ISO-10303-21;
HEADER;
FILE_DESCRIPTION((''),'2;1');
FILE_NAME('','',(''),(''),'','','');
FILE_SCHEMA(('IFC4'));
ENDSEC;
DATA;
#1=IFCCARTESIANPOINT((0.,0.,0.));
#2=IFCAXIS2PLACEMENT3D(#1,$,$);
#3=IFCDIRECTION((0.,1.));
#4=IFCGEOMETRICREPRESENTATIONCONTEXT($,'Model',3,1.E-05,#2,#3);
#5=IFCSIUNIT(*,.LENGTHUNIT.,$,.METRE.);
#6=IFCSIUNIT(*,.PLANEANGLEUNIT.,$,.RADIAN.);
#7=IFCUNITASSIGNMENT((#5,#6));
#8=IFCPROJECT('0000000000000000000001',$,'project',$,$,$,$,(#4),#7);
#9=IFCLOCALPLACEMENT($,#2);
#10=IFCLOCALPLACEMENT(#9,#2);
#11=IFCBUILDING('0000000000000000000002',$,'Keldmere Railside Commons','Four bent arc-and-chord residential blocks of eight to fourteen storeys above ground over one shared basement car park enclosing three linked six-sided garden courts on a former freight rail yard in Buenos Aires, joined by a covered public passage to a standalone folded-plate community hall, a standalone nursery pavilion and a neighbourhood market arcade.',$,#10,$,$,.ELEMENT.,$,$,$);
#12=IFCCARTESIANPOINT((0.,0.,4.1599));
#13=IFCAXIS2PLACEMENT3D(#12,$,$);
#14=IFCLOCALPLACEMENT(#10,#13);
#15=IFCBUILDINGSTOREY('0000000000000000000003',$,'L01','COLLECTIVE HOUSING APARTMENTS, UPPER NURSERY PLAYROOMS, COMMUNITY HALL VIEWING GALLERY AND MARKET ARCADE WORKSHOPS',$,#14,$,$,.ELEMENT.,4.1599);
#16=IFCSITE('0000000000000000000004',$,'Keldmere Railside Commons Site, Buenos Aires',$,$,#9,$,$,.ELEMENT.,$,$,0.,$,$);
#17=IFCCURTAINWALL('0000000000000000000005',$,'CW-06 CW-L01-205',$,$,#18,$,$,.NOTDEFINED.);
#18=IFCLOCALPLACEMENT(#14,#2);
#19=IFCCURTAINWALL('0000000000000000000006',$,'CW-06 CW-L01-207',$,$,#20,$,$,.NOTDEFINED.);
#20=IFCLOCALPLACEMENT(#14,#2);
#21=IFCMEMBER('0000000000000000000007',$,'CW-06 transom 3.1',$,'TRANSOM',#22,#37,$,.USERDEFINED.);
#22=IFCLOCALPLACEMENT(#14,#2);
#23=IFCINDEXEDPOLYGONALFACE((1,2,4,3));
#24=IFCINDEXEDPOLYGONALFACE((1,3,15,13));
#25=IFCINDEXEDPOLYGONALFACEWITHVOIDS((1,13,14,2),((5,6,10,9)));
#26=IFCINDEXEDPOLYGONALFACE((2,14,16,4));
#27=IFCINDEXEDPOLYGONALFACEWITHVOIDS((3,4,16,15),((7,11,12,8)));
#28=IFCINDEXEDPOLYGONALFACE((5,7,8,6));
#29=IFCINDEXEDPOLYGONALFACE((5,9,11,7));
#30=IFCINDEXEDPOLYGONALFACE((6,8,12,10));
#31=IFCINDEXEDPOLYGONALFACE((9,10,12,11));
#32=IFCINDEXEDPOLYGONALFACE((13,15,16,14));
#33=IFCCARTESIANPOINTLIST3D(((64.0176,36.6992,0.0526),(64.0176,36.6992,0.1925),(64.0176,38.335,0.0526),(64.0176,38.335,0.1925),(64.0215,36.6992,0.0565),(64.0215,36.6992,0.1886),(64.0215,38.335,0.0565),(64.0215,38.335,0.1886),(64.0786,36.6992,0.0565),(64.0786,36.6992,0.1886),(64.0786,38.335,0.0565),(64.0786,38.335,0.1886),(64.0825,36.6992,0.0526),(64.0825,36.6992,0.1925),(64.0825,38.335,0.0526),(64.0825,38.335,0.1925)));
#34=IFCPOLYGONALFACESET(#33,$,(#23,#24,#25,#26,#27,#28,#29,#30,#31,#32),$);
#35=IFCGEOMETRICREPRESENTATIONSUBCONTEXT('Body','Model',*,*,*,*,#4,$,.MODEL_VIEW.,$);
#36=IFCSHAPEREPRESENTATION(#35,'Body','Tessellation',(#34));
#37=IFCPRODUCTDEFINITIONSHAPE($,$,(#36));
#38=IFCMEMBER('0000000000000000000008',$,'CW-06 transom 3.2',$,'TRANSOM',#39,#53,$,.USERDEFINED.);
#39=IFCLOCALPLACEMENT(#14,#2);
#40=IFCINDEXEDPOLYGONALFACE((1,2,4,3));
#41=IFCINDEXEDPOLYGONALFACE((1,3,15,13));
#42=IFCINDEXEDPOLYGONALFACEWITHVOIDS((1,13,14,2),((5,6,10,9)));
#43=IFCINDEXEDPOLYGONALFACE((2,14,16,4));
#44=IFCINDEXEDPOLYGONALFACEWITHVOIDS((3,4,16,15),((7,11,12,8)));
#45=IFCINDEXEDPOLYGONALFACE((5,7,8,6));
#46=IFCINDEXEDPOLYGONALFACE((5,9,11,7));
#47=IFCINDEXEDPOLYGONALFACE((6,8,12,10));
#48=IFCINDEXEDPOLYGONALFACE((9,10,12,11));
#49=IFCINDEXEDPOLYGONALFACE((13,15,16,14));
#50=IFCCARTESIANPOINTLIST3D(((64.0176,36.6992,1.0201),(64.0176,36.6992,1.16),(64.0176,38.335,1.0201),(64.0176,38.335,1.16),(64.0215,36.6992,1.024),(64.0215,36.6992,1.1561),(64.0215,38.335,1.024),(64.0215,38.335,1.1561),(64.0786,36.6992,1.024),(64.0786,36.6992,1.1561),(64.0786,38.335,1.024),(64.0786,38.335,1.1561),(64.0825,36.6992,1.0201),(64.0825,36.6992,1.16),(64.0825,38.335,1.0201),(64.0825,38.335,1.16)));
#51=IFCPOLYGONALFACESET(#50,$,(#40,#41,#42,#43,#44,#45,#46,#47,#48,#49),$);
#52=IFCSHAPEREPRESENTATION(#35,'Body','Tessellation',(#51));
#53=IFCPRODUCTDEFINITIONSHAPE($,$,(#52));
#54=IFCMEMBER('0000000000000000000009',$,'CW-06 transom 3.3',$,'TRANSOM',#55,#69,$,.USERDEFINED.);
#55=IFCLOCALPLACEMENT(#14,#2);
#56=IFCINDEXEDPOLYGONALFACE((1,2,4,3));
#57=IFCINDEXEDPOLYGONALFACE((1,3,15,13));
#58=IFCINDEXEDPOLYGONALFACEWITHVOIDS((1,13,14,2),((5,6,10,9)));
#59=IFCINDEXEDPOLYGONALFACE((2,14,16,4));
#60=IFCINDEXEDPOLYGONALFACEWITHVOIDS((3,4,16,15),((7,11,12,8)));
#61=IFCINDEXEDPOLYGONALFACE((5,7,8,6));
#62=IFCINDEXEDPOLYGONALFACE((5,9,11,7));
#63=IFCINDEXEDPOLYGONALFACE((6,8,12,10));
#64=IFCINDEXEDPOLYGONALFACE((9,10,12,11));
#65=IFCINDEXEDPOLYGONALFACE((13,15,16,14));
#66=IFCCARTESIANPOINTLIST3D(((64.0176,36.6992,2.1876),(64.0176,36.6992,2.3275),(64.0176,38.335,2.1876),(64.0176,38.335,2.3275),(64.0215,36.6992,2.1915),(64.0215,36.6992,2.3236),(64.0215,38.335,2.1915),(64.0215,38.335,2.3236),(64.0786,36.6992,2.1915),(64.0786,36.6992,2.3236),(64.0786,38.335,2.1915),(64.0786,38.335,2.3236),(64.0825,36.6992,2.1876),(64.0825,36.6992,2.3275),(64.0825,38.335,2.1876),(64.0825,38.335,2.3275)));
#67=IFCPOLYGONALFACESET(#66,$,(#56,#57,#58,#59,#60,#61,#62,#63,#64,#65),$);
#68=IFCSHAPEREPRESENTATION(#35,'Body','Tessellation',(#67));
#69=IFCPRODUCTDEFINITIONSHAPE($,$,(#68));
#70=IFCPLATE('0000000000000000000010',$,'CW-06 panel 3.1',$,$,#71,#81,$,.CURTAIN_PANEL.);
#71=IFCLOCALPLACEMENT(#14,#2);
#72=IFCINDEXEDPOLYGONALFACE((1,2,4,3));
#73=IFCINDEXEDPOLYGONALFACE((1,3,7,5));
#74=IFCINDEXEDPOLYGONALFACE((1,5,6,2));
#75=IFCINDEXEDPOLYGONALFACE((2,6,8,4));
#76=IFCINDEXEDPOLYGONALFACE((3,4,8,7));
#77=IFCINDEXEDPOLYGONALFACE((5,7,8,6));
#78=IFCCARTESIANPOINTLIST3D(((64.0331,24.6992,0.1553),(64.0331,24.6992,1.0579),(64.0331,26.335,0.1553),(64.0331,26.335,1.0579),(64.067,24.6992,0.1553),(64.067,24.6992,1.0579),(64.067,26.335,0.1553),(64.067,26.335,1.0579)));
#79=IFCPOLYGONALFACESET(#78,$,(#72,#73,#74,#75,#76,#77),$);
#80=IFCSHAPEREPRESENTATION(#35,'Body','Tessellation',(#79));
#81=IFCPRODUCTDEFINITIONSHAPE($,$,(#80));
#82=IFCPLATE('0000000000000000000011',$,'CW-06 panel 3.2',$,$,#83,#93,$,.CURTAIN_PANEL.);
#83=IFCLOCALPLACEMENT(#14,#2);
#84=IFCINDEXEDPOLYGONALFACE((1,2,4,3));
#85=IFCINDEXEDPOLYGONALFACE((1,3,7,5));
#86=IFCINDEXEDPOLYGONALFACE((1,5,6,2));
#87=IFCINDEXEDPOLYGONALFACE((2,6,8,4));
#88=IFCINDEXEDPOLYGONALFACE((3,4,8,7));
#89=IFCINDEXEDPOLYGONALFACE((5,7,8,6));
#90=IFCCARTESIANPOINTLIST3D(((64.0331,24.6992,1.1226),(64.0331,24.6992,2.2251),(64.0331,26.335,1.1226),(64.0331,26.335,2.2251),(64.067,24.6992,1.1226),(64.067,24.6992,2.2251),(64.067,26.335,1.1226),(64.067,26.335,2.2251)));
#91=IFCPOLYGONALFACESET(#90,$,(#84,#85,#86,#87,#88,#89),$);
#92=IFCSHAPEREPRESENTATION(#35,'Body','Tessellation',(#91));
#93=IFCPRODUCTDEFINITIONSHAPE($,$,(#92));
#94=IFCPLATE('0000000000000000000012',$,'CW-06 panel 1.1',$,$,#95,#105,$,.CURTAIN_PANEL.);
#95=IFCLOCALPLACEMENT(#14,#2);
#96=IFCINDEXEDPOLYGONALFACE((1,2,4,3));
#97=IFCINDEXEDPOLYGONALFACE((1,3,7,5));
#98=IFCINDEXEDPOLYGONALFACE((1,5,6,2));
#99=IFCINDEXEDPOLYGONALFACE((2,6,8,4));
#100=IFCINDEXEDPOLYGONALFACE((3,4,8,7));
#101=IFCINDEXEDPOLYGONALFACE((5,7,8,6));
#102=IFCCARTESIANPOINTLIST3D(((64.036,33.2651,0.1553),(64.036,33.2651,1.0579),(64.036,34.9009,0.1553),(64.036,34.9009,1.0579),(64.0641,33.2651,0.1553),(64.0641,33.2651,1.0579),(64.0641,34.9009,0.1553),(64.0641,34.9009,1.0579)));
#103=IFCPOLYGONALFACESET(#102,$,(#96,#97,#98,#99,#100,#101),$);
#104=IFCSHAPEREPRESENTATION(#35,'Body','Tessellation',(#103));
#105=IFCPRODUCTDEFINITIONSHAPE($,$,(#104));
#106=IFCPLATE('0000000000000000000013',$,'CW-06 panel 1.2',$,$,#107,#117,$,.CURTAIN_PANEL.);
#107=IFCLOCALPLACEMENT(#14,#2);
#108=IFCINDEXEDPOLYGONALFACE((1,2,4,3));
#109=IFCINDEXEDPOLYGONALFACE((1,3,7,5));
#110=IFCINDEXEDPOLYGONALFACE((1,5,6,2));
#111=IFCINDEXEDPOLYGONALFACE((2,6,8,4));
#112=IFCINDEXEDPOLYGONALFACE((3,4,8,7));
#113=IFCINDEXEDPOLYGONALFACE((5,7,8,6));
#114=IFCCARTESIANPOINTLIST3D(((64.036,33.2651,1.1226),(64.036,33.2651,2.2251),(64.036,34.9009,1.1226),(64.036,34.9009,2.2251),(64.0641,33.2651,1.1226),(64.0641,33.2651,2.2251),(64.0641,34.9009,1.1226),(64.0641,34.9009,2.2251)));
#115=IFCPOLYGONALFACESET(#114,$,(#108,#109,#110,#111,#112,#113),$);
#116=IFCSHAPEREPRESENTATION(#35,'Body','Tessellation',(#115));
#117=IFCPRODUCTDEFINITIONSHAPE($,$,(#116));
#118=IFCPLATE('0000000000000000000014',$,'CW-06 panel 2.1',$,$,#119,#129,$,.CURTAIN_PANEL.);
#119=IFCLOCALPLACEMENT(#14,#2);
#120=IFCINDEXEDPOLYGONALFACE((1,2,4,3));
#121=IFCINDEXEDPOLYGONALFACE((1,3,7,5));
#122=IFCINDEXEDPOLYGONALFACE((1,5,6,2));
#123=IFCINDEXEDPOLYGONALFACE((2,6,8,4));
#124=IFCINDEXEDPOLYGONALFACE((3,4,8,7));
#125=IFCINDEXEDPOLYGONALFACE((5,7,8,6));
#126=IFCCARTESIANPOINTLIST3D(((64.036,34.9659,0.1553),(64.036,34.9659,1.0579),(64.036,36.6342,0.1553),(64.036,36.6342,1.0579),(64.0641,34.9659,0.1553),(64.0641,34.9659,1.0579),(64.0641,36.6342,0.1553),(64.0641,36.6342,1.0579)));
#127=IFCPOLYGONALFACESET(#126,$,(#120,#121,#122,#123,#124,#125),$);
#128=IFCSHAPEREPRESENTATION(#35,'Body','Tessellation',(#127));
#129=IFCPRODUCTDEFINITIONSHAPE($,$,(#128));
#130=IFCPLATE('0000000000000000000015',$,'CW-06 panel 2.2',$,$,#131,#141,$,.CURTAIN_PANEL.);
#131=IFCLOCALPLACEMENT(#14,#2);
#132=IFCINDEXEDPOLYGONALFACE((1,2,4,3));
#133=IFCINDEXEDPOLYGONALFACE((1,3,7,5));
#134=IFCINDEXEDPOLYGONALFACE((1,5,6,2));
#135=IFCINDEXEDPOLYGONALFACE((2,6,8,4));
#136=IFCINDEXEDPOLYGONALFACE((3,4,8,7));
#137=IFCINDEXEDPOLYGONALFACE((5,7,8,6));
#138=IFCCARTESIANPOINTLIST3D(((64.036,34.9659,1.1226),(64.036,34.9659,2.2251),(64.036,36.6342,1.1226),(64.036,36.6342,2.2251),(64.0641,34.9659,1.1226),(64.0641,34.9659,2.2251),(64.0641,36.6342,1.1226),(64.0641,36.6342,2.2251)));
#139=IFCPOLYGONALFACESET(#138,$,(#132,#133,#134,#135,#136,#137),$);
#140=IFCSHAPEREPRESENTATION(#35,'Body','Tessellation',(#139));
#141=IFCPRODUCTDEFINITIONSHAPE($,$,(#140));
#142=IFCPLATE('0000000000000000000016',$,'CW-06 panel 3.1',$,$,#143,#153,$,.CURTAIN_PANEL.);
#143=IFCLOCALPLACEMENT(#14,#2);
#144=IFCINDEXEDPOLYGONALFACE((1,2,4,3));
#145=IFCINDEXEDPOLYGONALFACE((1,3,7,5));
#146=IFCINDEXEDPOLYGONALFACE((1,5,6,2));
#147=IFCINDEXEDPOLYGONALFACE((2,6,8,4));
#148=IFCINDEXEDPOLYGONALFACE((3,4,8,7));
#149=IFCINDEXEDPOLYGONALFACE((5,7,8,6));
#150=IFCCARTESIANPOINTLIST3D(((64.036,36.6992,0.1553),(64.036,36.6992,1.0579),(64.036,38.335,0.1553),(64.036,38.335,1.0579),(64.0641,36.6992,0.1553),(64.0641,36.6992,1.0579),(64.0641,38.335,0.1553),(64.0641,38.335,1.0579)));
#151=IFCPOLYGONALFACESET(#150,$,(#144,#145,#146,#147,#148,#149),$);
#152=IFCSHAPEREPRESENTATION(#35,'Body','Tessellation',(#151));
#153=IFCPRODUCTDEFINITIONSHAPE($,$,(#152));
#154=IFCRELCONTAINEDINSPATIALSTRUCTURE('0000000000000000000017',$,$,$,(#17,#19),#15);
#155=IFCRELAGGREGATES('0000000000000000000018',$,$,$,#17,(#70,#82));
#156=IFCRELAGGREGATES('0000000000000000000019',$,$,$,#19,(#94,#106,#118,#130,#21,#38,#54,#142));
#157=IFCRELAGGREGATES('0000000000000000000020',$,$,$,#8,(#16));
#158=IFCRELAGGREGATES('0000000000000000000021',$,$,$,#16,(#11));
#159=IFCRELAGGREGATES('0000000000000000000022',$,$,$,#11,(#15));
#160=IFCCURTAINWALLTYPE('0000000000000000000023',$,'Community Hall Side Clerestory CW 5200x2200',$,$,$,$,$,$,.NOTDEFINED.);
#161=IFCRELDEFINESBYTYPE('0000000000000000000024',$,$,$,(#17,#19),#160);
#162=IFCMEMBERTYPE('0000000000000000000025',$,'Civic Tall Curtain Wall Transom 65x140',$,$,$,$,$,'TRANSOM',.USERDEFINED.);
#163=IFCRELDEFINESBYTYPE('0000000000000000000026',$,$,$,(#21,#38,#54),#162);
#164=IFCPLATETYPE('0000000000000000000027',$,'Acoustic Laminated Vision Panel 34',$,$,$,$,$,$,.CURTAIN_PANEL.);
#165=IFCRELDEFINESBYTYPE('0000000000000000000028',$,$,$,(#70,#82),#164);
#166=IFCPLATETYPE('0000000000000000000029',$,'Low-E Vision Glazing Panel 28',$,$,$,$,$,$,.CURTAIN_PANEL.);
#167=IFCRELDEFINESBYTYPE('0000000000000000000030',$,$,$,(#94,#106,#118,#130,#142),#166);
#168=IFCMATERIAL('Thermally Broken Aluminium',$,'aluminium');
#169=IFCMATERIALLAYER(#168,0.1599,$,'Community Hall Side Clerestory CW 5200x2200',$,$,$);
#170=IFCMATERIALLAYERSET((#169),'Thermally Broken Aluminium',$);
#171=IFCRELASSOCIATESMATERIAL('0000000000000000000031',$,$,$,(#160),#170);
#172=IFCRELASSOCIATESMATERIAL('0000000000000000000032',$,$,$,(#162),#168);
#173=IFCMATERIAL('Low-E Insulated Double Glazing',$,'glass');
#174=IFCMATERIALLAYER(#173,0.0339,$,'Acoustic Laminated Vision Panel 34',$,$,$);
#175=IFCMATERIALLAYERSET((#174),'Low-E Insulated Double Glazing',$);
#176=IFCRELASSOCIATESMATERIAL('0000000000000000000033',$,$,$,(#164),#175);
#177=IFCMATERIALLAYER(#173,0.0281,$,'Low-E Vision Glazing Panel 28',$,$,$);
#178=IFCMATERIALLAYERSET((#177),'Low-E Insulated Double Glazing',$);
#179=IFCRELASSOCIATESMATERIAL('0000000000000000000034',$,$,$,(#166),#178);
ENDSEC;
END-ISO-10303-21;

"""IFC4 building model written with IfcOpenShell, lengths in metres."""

from ifc_helpers import new_model, si_unit, direction, frame, origin, origin_2d, place, context, subcontext, project, spatial, rectangle, hollow_rectangle, extrude, material, layer, layer_set, material_profile, profile_set, type_object, element, aggregate, save


model = new_model("IFC4")

# Units and contexts
model_context = context("Model", 3, precision=1e-05, world=origin(), true_north=direction((0.0, 1.0)))
body_context = subcontext(model_context, "Body", "Model", "MODEL_VIEW")
ifc_project = project(units=[si_unit("LENGTHUNIT", "METRE"), si_unit("PLANEANGLEUNIT", "RADIAN")], contexts=[model_context])

# Site, building, storey
site_placement = place(None, origin())
site = spatial("IfcSite", under=ifc_project, at=site_placement, Name="Keldmere Railside Commons Site, Buenos Aires", CompositionType="ELEMENT", RefElevation=0.0)
building_placement = place(site_placement, origin())
building = spatial("IfcBuilding", under=site, at=building_placement, Name="Keldmere Railside Commons", Description="Four bent arc-and-chord residential blocks of eight to fourteen storeys above ground over one shared basement car park enclosing three linked six-sided garden courts on a former freight rail yard in Buenos Aires, joined by a covered public passage to a standalone folded-plate community hall, a standalone nursery pavilion and a neighbourhood market arcade.", CompositionType="ELEMENT")
storey_placement = place(building_placement, frame((0.0, 0.0, 4.1599)))
storey = spatial("IfcBuildingStorey", under=building, at=storey_placement, Name="L01", Description="COLLECTIVE HOUSING APARTMENTS, UPPER NURSERY PLAYROOMS, COMMUNITY HALL VIEWING GALLERY AND MARKET ARCADE WORKSHOPS", CompositionType="ELEMENT", Elevation=4.1599)

# Curtain wall
ifc_material_1 = material(Name="Thermally Broken Aluminium", Category="aluminium")
ifc_layer_1 = layer(ifc_material_1, 0.1599, Name="Community Hall Side Clerestory CW 5200x2200")
ifc_layer_set_1 = layer_set([ifc_layer_1], Name="Thermally Broken Aluminium")
curtain_wall_type = type_object("IfcCurtainWallType", Name="Community Hall Side Clerestory CW 5200x2200", PredefinedType="NOTDEFINED", material=ifc_layer_set_1)
curtain_wall_1_placement = place(storey_placement, origin())
curtain_wall_1 = element("IfcCurtainWall", 1, at=curtain_wall_1_placement, inside=storey, type_object=curtain_wall_type, Name="CW-06 CW-L01-205", PredefinedType="NOTDEFINED")

# Curtain wall
curtain_wall_2_placement = place(storey_placement, origin())
curtain_wall_2 = element("IfcCurtainWall", 2, at=curtain_wall_2_placement, inside=storey, type_object=curtain_wall_type, Name="CW-06 CW-L01-207", PredefinedType="NOTDEFINED")

# Members
ifc_material_profile_1 = material_profile(ifc_material_1, hollow_rectangle(XDim=0.0649, YDim=0.1399, WallThickness=0.0039, at=origin_2d()), Name="ALU-TRAN-65x140")
ifc_profile_set_1 = profile_set([ifc_material_profile_1], Name="Thermally Broken Aluminium")
member_type_1 = type_object("IfcMemberType", Name="Civic Tall Curtain Wall Transom 65x140", ElementType="TRANSOM", PredefinedType="USERDEFINED", material=ifc_profile_set_1)
member_1_placement = place(storey_placement, frame((64.05, 36.6992, 0.1226), z_axis=(0.0, 1.0, 0.0), x_axis=(-1.0, 0.0, 0.0)))
member_1 = element("IfcMember", 3, at=member_1_placement, type_object=member_type_1, Name="CW-06 transom 3.1", ObjectType="TRANSOM", PredefinedType="USERDEFINED", context=body_context, shape_type="SweptSolid", body=[
    extrude(hollow_rectangle(XDim=0.0649, YDim=0.1399, WallThickness=0.0039, at=origin_2d()), origin(), (0.0, 0.0, 1.0), 1.6357),
])
member_2_placement = place(storey_placement, frame((64.05, 36.6992, 1.0901), z_axis=(0.0, 1.0, 0.0), x_axis=(-1.0, 0.0, 0.0)))
member_2 = element("IfcMember", 4, at=member_2_placement, type_object=member_type_1, Name="CW-06 transom 3.2", ObjectType="TRANSOM", PredefinedType="USERDEFINED", context=body_context, shape_type="SweptSolid", body=[
    extrude(hollow_rectangle(XDim=0.0649, YDim=0.1399, WallThickness=0.0039, at=origin_2d()), origin(), (0.0, 0.0, 1.0), 1.6357),
])
member_3_placement = place(storey_placement, frame((64.05, 36.6992, 2.2576), z_axis=(0.0, 1.0, 0.0), x_axis=(-1.0, 0.0, 0.0)))
member_3 = element("IfcMember", 5, at=member_3_placement, type_object=member_type_1, Name="CW-06 transom 3.3", ObjectType="TRANSOM", PredefinedType="USERDEFINED", context=body_context, shape_type="SweptSolid", body=[
    extrude(hollow_rectangle(XDim=0.0649, YDim=0.1399, WallThickness=0.0039, at=origin_2d()), origin(), (0.0, 0.0, 1.0), 1.6357),
])

# Plates
ifc_material_2 = material(Name="Low-E Insulated Double Glazing", Category="glass")
ifc_layer_2 = layer(ifc_material_2, 0.0339, Name="Acoustic Laminated Vision Panel 34")
ifc_layer_set_2 = layer_set([ifc_layer_2], Name="Low-E Insulated Double Glazing")
plate_type_1 = type_object("IfcPlateType", Name="Acoustic Laminated Vision Panel 34", PredefinedType="CURTAIN_PANEL", material=ifc_layer_set_2)
plate_1_placement = place(storey_placement, frame((64.05, 25.5171, 0.1553), z_axis=(0.0, 0.0, 1.0), x_axis=(0.0, 1.0, 0.0)))
plate_1 = element("IfcPlate", 6, at=plate_1_placement, type_object=plate_type_1, Name="CW-06 panel 3.1", PredefinedType="CURTAIN_PANEL", context=body_context, shape_type="SweptSolid", body=[
    extrude(rectangle(XDim=1.6357, YDim=0.0339, at=origin_2d()), origin(), (0.0, 0.0, 1.0), 0.9026),
])
plate_2_placement = place(storey_placement, frame((64.05, 25.5171, 1.1226), z_axis=(0.0, 0.0, 1.0), x_axis=(0.0, 1.0, 0.0)))
plate_2 = element("IfcPlate", 7, at=plate_2_placement, type_object=plate_type_1, Name="CW-06 panel 3.2", PredefinedType="CURTAIN_PANEL", context=body_context, shape_type="SweptSolid", body=[
    extrude(rectangle(XDim=1.6357, YDim=0.0339, at=origin_2d()), origin(), (0.0, 0.0, 1.0), 1.1025),
])
aggregate(curtain_wall_1, [plate_1, plate_2])
ifc_layer_3 = layer(ifc_material_2, 0.0281, Name="Low-E Vision Glazing Panel 28")
ifc_layer_set_3 = layer_set([ifc_layer_3], Name="Low-E Insulated Double Glazing")
plate_type_2 = type_object("IfcPlateType", Name="Low-E Vision Glazing Panel 28", PredefinedType="CURTAIN_PANEL", material=ifc_layer_set_3)
plate_3_placement = place(storey_placement, frame((64.05, 34.083, 0.1553), z_axis=(0.0, 0.0, 1.0), x_axis=(0.0, 1.0, 0.0)))
plate_3 = element("IfcPlate", 8, at=plate_3_placement, type_object=plate_type_2, Name="CW-06 panel 1.1", PredefinedType="CURTAIN_PANEL", context=body_context, shape_type="SweptSolid", body=[
    extrude(rectangle(XDim=1.6357, YDim=0.0281, at=origin_2d()), origin(), (0.0, 0.0, 1.0), 0.9026),
])
plate_4_placement = place(storey_placement, frame((64.05, 34.083, 1.1226), z_axis=(0.0, 0.0, 1.0), x_axis=(0.0, 1.0, 0.0)))
plate_4 = element("IfcPlate", 9, at=plate_4_placement, type_object=plate_type_2, Name="CW-06 panel 1.2", PredefinedType="CURTAIN_PANEL", context=body_context, shape_type="SweptSolid", body=[
    extrude(rectangle(XDim=1.6357, YDim=0.0281, at=origin_2d()), origin(), (0.0, 0.0, 1.0), 1.1025),
])
plate_5_placement = place(storey_placement, frame((64.05, 35.8, 0.1553), z_axis=(0.0, 0.0, 1.0), x_axis=(0.0, 1.0, 0.0)))
plate_5 = element("IfcPlate", 10, at=plate_5_placement, type_object=plate_type_2, Name="CW-06 panel 2.1", PredefinedType="CURTAIN_PANEL", context=body_context, shape_type="SweptSolid", body=[
    extrude(rectangle(XDim=1.6682, YDim=0.0281, at=origin_2d()), origin(), (0.0, 0.0, 1.0), 0.9026),
])
plate_6_placement = place(storey_placement, frame((64.05, 35.8, 1.1226), z_axis=(0.0, 0.0, 1.0), x_axis=(0.0, 1.0, 0.0)))
plate_6 = element("IfcPlate", 11, at=plate_6_placement, type_object=plate_type_2, Name="CW-06 panel 2.2", PredefinedType="CURTAIN_PANEL", context=body_context, shape_type="SweptSolid", body=[
    extrude(rectangle(XDim=1.6682, YDim=0.0281, at=origin_2d()), origin(), (0.0, 0.0, 1.0), 1.1025),
])
plate_7_placement = place(storey_placement, frame((64.05, 37.5171, 0.1553), z_axis=(0.0, 0.0, 1.0), x_axis=(0.0, 1.0, 0.0)))
plate_7 = element("IfcPlate", 12, at=plate_7_placement, type_object=plate_type_2, Name="CW-06 panel 3.1", PredefinedType="CURTAIN_PANEL", context=body_context, shape_type="SweptSolid", body=[
    extrude(rectangle(XDim=1.6357, YDim=0.0281, at=origin_2d()), origin(), (0.0, 0.0, 1.0), 0.9026),
])
aggregate(curtain_wall_2, [plate_3, plate_4, plate_5, plate_6, member_1, member_2, member_3, plate_7])

save(model, "model.ifc")
